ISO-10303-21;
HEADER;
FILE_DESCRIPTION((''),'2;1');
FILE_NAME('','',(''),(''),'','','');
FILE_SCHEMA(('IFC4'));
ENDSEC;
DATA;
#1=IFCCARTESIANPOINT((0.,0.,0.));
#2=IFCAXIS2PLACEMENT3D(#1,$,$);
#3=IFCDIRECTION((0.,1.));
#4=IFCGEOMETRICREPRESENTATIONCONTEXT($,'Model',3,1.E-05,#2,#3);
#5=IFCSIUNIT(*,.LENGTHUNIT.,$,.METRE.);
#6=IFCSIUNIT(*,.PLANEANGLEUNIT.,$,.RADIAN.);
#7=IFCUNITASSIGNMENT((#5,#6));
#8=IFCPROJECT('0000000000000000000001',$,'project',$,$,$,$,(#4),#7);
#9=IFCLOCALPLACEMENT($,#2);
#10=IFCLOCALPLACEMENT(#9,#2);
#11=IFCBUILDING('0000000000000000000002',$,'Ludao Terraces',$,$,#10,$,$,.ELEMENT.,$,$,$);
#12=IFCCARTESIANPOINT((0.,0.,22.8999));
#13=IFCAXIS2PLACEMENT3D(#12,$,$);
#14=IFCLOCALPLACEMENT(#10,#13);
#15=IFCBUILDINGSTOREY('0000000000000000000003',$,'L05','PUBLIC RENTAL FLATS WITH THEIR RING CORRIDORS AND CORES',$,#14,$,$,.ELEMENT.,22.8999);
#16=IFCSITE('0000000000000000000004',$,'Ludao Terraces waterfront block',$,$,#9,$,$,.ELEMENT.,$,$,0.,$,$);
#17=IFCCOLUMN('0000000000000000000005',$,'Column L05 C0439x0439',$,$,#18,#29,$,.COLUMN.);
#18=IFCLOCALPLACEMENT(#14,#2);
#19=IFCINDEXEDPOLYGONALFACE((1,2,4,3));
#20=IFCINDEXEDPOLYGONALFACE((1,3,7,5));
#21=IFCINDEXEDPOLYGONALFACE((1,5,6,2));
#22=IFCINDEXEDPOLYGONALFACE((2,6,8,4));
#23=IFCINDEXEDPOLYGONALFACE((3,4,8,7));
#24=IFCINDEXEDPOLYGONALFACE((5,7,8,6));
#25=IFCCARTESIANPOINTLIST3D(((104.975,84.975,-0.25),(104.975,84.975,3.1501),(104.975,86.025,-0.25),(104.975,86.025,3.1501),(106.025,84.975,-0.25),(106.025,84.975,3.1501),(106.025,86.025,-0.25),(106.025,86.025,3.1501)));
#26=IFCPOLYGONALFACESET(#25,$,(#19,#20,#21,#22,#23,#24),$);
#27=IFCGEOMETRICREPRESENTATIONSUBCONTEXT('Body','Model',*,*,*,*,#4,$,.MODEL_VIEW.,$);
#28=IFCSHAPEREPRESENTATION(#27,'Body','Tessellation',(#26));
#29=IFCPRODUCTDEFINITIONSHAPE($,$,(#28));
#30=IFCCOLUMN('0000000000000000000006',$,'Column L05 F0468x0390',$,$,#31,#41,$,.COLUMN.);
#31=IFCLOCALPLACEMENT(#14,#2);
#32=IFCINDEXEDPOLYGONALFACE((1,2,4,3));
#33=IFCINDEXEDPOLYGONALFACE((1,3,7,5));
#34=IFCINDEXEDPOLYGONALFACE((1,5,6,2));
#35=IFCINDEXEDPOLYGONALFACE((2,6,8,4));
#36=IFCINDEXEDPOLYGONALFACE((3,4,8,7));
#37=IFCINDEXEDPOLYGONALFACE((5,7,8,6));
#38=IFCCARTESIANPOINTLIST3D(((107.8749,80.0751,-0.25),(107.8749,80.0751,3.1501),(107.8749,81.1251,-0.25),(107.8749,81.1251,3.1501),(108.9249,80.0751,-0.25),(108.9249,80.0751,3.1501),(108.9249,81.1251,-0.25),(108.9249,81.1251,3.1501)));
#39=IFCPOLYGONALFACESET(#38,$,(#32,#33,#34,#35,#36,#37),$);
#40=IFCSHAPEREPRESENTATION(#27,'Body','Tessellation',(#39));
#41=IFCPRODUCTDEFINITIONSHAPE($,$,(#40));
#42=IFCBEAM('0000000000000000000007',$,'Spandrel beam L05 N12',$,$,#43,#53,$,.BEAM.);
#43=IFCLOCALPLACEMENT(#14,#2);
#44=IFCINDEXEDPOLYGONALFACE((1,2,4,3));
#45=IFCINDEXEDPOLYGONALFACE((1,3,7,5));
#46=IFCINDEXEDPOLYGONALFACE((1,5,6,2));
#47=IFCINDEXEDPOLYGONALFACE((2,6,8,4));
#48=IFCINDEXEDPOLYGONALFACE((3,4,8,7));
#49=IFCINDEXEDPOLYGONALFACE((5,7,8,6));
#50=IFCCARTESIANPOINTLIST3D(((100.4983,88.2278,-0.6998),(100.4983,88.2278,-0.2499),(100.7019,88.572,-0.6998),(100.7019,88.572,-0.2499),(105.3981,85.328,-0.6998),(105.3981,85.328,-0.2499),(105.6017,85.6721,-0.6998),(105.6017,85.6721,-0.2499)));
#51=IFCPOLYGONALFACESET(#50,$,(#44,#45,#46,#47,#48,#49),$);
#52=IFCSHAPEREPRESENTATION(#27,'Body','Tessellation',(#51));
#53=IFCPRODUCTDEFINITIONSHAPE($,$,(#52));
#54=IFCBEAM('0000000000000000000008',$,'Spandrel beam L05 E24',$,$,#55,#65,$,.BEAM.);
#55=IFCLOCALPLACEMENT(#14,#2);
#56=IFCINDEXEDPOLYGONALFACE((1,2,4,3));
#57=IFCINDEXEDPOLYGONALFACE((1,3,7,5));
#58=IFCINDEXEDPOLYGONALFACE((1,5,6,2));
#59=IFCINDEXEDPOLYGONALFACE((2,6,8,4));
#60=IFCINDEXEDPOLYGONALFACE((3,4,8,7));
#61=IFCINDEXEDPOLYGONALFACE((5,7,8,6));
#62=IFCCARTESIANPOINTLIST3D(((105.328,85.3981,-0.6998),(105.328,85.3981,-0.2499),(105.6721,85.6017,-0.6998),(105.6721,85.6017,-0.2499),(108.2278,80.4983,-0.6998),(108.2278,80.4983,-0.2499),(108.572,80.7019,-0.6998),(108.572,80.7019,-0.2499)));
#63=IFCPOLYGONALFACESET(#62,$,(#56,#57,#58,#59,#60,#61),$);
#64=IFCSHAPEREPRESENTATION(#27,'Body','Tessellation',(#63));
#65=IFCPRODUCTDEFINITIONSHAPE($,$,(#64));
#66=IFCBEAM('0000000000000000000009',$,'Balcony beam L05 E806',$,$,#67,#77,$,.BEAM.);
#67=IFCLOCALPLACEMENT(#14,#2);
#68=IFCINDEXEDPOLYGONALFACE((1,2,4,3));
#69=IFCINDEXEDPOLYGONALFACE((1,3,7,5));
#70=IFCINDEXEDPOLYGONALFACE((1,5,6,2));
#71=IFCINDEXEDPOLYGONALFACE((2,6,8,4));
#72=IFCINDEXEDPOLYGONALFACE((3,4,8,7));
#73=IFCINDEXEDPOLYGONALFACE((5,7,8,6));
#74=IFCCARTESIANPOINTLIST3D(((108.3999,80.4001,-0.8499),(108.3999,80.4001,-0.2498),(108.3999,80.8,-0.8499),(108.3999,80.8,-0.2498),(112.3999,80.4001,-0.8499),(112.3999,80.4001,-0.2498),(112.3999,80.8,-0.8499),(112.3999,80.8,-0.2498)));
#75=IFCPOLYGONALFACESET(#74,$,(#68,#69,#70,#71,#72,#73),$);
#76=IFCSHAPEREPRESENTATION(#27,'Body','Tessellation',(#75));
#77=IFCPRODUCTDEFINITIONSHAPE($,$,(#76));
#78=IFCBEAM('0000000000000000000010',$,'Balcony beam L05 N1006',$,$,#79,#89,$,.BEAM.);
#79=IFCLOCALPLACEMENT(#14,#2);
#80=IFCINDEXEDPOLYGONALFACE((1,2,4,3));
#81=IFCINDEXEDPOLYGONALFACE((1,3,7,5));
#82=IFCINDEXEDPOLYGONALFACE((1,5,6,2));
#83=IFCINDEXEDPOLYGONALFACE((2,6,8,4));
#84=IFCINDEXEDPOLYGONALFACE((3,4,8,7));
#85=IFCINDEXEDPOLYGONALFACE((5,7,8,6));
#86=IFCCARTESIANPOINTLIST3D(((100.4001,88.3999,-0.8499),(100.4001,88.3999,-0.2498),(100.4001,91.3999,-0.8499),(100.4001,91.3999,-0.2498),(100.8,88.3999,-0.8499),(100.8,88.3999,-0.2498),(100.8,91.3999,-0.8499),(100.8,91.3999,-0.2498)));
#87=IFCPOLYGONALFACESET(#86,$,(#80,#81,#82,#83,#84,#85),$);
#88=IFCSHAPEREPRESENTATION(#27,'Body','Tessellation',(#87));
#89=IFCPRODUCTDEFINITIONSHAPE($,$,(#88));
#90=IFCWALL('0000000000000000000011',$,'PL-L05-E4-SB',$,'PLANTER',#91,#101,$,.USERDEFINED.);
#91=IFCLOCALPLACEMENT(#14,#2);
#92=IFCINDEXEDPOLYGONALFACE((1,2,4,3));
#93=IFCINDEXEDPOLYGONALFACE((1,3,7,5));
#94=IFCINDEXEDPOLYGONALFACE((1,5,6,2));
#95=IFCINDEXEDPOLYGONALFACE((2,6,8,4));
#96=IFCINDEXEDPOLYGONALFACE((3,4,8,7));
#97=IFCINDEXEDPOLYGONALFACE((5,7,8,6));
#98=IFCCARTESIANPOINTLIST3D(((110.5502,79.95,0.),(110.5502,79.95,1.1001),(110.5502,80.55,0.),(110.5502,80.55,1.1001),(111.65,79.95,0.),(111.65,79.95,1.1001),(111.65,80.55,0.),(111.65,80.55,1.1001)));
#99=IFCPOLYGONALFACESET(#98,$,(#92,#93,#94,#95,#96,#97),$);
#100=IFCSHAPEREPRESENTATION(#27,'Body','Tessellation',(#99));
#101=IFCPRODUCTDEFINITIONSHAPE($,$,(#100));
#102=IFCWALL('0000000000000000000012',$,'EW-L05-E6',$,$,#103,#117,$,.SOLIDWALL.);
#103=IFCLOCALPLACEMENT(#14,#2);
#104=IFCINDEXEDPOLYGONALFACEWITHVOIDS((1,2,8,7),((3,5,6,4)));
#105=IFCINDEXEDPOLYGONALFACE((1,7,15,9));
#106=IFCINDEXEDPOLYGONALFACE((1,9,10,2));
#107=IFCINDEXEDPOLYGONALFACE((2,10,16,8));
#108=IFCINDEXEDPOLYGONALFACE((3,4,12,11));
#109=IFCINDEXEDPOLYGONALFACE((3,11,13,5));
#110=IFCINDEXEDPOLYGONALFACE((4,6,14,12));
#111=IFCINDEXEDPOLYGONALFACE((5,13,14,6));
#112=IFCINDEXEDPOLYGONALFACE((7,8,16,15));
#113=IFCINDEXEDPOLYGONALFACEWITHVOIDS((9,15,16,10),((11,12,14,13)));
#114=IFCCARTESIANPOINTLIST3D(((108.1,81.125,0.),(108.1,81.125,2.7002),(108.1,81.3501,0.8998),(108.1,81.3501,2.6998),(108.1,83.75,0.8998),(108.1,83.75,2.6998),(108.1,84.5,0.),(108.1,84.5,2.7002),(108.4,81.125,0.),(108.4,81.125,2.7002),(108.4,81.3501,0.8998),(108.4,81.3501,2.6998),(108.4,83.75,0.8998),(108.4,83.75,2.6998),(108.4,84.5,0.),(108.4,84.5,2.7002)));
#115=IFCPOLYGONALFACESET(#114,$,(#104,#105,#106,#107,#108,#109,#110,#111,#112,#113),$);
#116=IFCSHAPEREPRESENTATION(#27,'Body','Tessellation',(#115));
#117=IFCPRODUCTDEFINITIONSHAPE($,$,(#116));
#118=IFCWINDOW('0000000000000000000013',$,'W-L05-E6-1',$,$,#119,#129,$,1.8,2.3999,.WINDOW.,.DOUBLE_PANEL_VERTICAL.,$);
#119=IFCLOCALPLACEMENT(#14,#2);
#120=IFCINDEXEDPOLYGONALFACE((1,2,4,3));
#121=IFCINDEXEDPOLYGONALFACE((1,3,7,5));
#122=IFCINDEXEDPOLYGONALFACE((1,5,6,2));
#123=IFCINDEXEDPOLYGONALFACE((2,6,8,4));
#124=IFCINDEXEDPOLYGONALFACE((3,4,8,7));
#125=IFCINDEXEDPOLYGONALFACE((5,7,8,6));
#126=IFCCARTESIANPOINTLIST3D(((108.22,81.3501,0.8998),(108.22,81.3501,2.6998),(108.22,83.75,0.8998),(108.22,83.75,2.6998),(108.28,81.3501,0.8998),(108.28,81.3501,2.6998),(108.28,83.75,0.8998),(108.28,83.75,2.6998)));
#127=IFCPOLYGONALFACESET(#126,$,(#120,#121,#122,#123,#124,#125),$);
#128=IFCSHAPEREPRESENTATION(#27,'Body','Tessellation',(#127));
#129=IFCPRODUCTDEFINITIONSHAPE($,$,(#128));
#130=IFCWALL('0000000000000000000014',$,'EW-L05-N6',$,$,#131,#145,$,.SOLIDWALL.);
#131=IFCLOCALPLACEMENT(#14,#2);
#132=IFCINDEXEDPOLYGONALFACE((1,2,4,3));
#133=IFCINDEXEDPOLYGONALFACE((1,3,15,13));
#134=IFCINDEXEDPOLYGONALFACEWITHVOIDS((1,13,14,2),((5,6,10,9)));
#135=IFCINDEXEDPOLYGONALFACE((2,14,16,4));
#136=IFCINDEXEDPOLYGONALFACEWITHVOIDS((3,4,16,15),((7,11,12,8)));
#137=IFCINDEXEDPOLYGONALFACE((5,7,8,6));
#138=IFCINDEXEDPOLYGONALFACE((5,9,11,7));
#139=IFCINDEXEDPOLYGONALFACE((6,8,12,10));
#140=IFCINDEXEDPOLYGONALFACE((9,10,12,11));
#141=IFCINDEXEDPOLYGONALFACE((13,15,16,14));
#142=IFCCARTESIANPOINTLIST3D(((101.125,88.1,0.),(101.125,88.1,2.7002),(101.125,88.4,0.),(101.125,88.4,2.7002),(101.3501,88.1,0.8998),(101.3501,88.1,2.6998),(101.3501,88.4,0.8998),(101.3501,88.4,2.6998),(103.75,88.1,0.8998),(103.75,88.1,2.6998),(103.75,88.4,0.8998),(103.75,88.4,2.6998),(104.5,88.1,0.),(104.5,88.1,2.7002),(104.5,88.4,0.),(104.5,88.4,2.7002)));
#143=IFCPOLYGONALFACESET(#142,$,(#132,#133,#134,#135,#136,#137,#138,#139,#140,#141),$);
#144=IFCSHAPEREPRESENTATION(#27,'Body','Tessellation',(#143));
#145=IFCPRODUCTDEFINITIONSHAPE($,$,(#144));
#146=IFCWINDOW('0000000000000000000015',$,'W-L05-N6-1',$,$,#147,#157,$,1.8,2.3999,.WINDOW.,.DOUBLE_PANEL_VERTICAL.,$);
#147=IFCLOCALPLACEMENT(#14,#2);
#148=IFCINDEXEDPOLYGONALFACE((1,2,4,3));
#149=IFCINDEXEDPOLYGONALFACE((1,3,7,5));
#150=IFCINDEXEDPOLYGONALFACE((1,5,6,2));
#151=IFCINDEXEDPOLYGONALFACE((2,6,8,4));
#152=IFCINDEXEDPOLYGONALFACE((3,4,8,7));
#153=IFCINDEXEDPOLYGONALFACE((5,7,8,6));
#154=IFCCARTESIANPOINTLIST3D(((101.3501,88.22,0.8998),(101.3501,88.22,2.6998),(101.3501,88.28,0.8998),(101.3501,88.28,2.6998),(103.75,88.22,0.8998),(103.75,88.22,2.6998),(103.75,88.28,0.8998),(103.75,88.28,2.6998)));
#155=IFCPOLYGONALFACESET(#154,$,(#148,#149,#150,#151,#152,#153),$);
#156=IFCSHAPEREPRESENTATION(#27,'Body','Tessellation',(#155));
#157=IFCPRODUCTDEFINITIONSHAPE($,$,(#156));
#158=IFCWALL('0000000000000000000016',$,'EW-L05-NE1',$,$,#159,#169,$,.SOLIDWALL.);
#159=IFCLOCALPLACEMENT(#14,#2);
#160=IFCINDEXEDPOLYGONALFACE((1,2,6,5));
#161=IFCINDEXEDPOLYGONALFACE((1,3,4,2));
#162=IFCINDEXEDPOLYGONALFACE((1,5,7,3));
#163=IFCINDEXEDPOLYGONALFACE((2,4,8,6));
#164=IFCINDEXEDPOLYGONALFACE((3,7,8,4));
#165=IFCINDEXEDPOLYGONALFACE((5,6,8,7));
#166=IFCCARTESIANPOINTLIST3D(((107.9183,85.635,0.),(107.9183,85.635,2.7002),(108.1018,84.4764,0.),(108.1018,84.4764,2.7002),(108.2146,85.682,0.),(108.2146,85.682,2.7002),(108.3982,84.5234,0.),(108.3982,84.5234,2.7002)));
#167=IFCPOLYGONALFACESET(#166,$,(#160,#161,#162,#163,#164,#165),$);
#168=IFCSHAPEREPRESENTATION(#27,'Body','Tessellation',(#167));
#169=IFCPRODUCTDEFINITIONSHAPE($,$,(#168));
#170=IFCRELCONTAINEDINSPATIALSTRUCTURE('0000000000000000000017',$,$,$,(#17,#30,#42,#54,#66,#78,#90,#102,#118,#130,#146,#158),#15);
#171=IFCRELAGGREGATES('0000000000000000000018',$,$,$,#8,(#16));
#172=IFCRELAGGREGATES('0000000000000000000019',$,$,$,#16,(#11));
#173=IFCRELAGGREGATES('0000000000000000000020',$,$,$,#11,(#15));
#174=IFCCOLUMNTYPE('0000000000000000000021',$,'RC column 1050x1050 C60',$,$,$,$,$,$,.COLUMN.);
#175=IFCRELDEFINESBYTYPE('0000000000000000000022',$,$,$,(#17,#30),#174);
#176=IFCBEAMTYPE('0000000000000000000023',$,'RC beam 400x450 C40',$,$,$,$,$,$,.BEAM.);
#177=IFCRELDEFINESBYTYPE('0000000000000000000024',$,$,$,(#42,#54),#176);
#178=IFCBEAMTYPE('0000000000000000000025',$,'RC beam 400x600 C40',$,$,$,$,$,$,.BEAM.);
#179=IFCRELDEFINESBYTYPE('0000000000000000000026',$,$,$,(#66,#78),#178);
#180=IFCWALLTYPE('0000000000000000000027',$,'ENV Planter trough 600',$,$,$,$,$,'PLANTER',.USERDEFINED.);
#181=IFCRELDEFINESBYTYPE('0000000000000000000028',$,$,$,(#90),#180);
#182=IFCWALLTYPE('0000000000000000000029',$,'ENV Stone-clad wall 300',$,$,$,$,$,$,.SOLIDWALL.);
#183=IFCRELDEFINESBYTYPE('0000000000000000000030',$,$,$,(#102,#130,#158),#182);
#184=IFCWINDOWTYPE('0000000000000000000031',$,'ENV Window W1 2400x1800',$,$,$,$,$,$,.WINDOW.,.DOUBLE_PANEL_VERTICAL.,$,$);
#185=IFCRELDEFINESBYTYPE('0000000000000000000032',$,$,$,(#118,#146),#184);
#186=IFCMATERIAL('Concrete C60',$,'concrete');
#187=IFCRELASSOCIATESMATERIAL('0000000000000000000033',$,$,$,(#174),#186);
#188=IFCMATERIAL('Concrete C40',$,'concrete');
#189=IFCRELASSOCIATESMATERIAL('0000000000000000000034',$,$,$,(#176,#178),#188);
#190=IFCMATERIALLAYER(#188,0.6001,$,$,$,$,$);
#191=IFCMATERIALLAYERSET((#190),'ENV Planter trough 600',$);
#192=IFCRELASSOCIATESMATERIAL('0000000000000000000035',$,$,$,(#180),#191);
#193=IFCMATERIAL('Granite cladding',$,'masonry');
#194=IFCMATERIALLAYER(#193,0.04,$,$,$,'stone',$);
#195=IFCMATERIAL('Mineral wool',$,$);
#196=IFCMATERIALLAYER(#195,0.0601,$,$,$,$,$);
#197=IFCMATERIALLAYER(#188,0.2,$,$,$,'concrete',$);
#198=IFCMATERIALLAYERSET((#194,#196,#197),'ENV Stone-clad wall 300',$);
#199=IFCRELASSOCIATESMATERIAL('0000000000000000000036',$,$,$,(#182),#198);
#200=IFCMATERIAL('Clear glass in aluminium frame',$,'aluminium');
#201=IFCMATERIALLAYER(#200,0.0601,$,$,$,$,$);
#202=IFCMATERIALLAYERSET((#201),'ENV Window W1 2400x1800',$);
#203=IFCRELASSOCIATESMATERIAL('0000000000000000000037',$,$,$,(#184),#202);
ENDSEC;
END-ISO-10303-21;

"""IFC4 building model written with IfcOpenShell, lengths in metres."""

from ifc_helpers import new_model, si_unit, direction, frame, frame_2d, origin, origin_2d, place, context, subcontext, project, spatial, rectangle, extrude, material, layer, layer_set, material_profile, profile_set, type_object, element, fill, save


model = new_model("IFC4")

# Units and contexts
model_context = context("Model", 3, precision=1e-05, world=origin(), true_north=direction((0.0, 1.0)))
body_context = subcontext(model_context, "Body", "Model", "MODEL_VIEW")
ifc_project = project(units=[si_unit("LENGTHUNIT", "METRE"), si_unit("PLANEANGLEUNIT", "RADIAN")], contexts=[model_context])

# Site, building, storey
site_placement = place(None, origin())
site = spatial("IfcSite", under=ifc_project, at=site_placement, Name="Ludao Terraces waterfront block", CompositionType="ELEMENT", RefElevation=0.0)
building_placement = place(site_placement, origin())
building = spatial("IfcBuilding", under=site, at=building_placement, Name="Ludao Terraces", CompositionType="ELEMENT")
storey_placement = place(building_placement, frame((0.0, 0.0, 22.8999)))
storey = spatial("IfcBuildingStorey", under=building, at=storey_placement, Name="L05", Description="PUBLIC RENTAL FLATS WITH THEIR RING CORRIDORS AND CORES", CompositionType="ELEMENT", Elevation=22.8999)

# Columns
ifc_material_1 = material(Name="Concrete C60", Category="concrete")
ifc_material_profile_1 = material_profile(ifc_material_1, rectangle(XDim=1.05, YDim=1.05, at=origin_2d()), Name="1050 X 1050")
ifc_profile_set_1 = profile_set([ifc_material_profile_1], Name="Concrete C60")
column_type = type_object("IfcColumnType", Name="RC column 1050x1050 C60", PredefinedType="COLUMN", material=ifc_profile_set_1)
for number, where, z_axis, x_axis, name in (
    (1, (105.5, 85.5, -0.25), (0.0, 0.0, 1.0), (1.0, 0.0, 0.0), "Column L05 C0439x0439"),
    (2, (108.3999, 80.6001, -0.25), (0.0, 0.0, 1.0), (1.0, 0.0, 0.0), "Column L05 F0468x0390"),
):
    element("IfcColumn", number, at=place(storey_placement, frame(where, z_axis=z_axis, x_axis=x_axis)), inside=storey, type_object=column_type, Name=name, PredefinedType="COLUMN", context=body_context, shape_type="SweptSolid", body=[
        extrude(rectangle(XDim=1.05, YDim=1.05, at=origin_2d()), origin(), (0.0, 0.0, 1.0), 3.4001),
    ])

# Beams
ifc_material_2 = material(Name="Concrete C40", Category="concrete")
ifc_material_profile_2 = material_profile(ifc_material_2, rectangle(XDim=0.3999, YDim=0.45, at=origin_2d()), Name="400 X 450")
ifc_profile_set_2 = profile_set([ifc_material_profile_2], Name="Concrete C40")
beam_type_1 = type_object("IfcBeamType", Name="RC beam 400x450 C40", PredefinedType="BEAM", material=ifc_profile_set_2)
for number, where, z_axis, x_axis, name in (
    (3, (100.6001, 88.3999, -0.4749), (0.86058, -0.509316, 0.0), (0.509316, 0.86058, 0.0), "Spandrel beam L05 N12"),
    (4, (108.3999, 80.6001, -0.4749), (-0.509316, 0.86058, 0.0), (-0.86058, -0.509316, 0.0), "Spandrel beam L05 E24"),
):
    element("IfcBeam", number, at=place(storey_placement, frame(where, z_axis=z_axis, x_axis=x_axis)), inside=storey, type_object=beam_type_1, Name=name, PredefinedType="BEAM", context=body_context, shape_type="SweptSolid", body=[
        extrude(rectangle(XDim=0.3999, YDim=0.45, at=origin_2d()), origin(), (0.0, 0.0, 1.0), 5.6936),
    ])
ifc_material_profile_3 = material_profile(ifc_material_2, rectangle(XDim=0.3999, YDim=0.6001, at=origin_2d()), Name="400 X 600")
ifc_profile_set_3 = profile_set([ifc_material_profile_3], Name="Concrete C40")
beam_type_2 = type_object("IfcBeamType", Name="RC beam 400x600 C40", PredefinedType="BEAM", material=ifc_profile_set_3)
beam_1_placement = place(storey_placement, frame((108.3999, 80.6001, -0.5498), z_axis=(1.0, 0.0, 0.0), x_axis=(0.0, 1.0, 0.0)))
element("IfcBeam", 5, at=beam_1_placement, inside=storey, type_object=beam_type_2, Name="Balcony beam L05 E806", PredefinedType="BEAM", context=body_context, shape_type="SweptSolid", body=[
    extrude(rectangle(XDim=0.3999, YDim=0.6001, at=origin_2d()), origin(), (0.0, 0.0, 1.0), 4.0),
])
beam_2_placement = place(storey_placement, frame((100.6001, 88.3999, -0.5498), z_axis=(0.0, 1.0, 0.0), x_axis=(-1.0, 0.0, 0.0)))
element("IfcBeam", 6, at=beam_2_placement, inside=storey, type_object=beam_type_2, Name="Balcony beam L05 N1006", PredefinedType="BEAM", context=body_context, shape_type="SweptSolid", body=[
    extrude(rectangle(XDim=0.3999, YDim=0.6001, at=origin_2d()), origin(), (0.0, 0.0, 1.0), 3.0),
])

# Wall
ifc_layer_1 = layer(ifc_material_2, 0.6001)
ifc_layer_set_1 = layer_set([ifc_layer_1], Name="ENV Planter trough 600")
wall_type_1 = type_object("IfcWallType", Name="ENV Planter trough 600", ElementType="PLANTER", PredefinedType="USERDEFINED", material=ifc_layer_set_1)
wall_1_placement = place(storey_placement, frame((111.6499, 80.25, 0.0), z_axis=(0.0, 0.0, 1.0), x_axis=(-1.0, 0.0, 0.0)))
element("IfcWall", 7, at=wall_1_placement, inside=storey, type_object=wall_type_1, Name="PL-L05-E4-SB", ObjectType="PLANTER", PredefinedType="USERDEFINED", context=body_context, shape_type="SweptSolid", body=[
    extrude(rectangle(XDim=1.0999, YDim=0.6001, at=frame_2d((0.5498, 0.0))), origin(), (0.0, 0.0, 1.0), 1.1001),
])

# Walls, openings, windows
ifc_material_3 = material(Name="Granite cladding", Category="masonry")
ifc_layer_2 = layer(ifc_material_3, 0.04, Category="stone")
ifc_material_4 = material(Name="Mineral wool")
ifc_layer_3 = layer(ifc_material_4, 0.0601)
ifc_layer_4 = layer(ifc_material_2, 0.2, Category="concrete")
ifc_layer_set_2 = layer_set([ifc_layer_2, ifc_layer_3, ifc_layer_4], Name="ENV Stone-clad wall 300")
wall_type_2 = type_object("IfcWallType", Name="ENV Stone-clad wall 300", PredefinedType="SOLIDWALL", material=ifc_layer_set_2)
wall_2_placement = place(storey_placement, frame((108.25, 81.125, 0.0), z_axis=(0.0, 0.0, 1.0), x_axis=(0.0, 1.0, 0.0)))
wall_2 = element("IfcWall", 8, at=wall_2_placement, inside=storey, type_object=wall_type_2, Name="EW-L05-E6", PredefinedType="SOLIDWALL", context=body_context, shape_type="SweptSolid", body=[
    extrude(rectangle(XDim=3.375, YDim=0.3, at=frame_2d((1.6875, 0.0))), origin(), (0.0, 0.0, 1.0), 2.7002),
])
opening_1_placement = place(wall_2_placement, frame((0.2251, 0.0, 0.8999)))
opening_1 = element("IfcOpeningElement", 9, at=opening_1_placement, cuts=wall_2, PredefinedType="OPENING", context=body_context, shape_type="SweptSolid", body=[
    extrude(rectangle(XDim=2.3999, YDim=1.8, at=frame_2d((1.2, 0.8999))), frame((0.0, 0.1602, 0.0), z_axis=(0.0, -1.0, 0.0), x_axis=(1.0, 0.0, 0.0)), (0.0, 0.0, 1.0), 0.3201),
])
ifc_material_5 = material(Name="Clear glass in aluminium frame", Category="aluminium")
ifc_layer_5 = layer(ifc_material_5, 0.0601)
ifc_layer_set_3 = layer_set([ifc_layer_5], Name="ENV Window W1 2400x1800")
window_type_1 = type_object("IfcWindowType", Name="ENV Window W1 2400x1800", PartitioningType="DOUBLE_PANEL_VERTICAL", PredefinedType="WINDOW", material=ifc_layer_set_3)
window_1_placement = place(opening_1_placement, origin())
window_1 = element("IfcWindow", 10, at=window_1_placement, inside=storey, type_object=window_type_1, Name="W-L05-E6-1", OverallHeight=1.8, OverallWidth=2.3999, PartitioningType="DOUBLE_PANEL_VERTICAL", PredefinedType="WINDOW", context=body_context, shape_type="SweptSolid", body=[
    extrude(rectangle(XDim=2.3999, YDim=1.8, at=frame_2d((1.2, 0.8999))), frame((0.0, 0.03, 0.0), z_axis=(0.0, -1.0, 0.0), x_axis=(1.0, 0.0, 0.0)), (0.0, 0.0, 1.0), 0.0601),
])
fill(opening_1, window_1)
wall_3_placement = place(storey_placement, frame((101.125, 88.25, 0.0), z_axis=(0.0, 0.0, 1.0), x_axis=(1.0, 0.0, 0.0)))
wall_3 = element("IfcWall", 11, at=wall_3_placement, inside=storey, type_object=wall_type_2, Name="EW-L05-N6", PredefinedType="SOLIDWALL", context=body_context, shape_type="SweptSolid", body=[
    extrude(rectangle(XDim=3.375, YDim=0.3, at=frame_2d((1.6875, 0.0))), origin(), (0.0, 0.0, 1.0), 2.7002),
])
opening_2_placement = place(wall_3_placement, frame((0.2251, 0.0, 0.8999)))
opening_2 = element("IfcOpeningElement", 12, at=opening_2_placement, cuts=wall_3, PredefinedType="OPENING", context=body_context, shape_type="SweptSolid", body=[
    extrude(rectangle(XDim=2.3999, YDim=1.8, at=frame_2d((1.2, 0.8999))), frame((0.0, 0.1602, 0.0), z_axis=(0.0, -1.0, 0.0), x_axis=(1.0, 0.0, 0.0)), (0.0, 0.0, 1.0), 0.3201),
])
window_2_placement = place(opening_2_placement, origin())
window_2 = element("IfcWindow", 13, at=window_2_placement, inside=storey, type_object=window_type_1, Name="W-L05-N6-1", OverallHeight=1.8, OverallWidth=2.3999, PartitioningType="DOUBLE_PANEL_VERTICAL", PredefinedType="WINDOW", context=body_context, shape_type="SweptSolid", body=[
    extrude(rectangle(XDim=2.3999, YDim=1.8, at=frame_2d((1.2, 0.8999))), frame((0.0, 0.03, 0.0), z_axis=(0.0, -1.0, 0.0), x_axis=(1.0, 0.0, 0.0)), (0.0, 0.0, 1.0), 0.0601),
])
fill(opening_2, window_2)

# Wall
wall_4_placement = place(storey_placement, frame((108.25, 84.5, 0.0), z_axis=(0.0, 0.0, 1.0), x_axis=(-0.156497, 0.987678, 0.0)))
element("IfcWall", 14, at=wall_4_placement, inside=storey, type_object=wall_type_2, Name="EW-L05-NE1", PredefinedType="SOLIDWALL", context=body_context, shape_type="SweptSolid", body=[
    extrude(rectangle(XDim=1.1731, YDim=0.3, at=frame_2d((0.5864, 0.0))), origin(), (0.0, 0.0, 1.0), 2.7002),
])

save(model, "model.ifc")
